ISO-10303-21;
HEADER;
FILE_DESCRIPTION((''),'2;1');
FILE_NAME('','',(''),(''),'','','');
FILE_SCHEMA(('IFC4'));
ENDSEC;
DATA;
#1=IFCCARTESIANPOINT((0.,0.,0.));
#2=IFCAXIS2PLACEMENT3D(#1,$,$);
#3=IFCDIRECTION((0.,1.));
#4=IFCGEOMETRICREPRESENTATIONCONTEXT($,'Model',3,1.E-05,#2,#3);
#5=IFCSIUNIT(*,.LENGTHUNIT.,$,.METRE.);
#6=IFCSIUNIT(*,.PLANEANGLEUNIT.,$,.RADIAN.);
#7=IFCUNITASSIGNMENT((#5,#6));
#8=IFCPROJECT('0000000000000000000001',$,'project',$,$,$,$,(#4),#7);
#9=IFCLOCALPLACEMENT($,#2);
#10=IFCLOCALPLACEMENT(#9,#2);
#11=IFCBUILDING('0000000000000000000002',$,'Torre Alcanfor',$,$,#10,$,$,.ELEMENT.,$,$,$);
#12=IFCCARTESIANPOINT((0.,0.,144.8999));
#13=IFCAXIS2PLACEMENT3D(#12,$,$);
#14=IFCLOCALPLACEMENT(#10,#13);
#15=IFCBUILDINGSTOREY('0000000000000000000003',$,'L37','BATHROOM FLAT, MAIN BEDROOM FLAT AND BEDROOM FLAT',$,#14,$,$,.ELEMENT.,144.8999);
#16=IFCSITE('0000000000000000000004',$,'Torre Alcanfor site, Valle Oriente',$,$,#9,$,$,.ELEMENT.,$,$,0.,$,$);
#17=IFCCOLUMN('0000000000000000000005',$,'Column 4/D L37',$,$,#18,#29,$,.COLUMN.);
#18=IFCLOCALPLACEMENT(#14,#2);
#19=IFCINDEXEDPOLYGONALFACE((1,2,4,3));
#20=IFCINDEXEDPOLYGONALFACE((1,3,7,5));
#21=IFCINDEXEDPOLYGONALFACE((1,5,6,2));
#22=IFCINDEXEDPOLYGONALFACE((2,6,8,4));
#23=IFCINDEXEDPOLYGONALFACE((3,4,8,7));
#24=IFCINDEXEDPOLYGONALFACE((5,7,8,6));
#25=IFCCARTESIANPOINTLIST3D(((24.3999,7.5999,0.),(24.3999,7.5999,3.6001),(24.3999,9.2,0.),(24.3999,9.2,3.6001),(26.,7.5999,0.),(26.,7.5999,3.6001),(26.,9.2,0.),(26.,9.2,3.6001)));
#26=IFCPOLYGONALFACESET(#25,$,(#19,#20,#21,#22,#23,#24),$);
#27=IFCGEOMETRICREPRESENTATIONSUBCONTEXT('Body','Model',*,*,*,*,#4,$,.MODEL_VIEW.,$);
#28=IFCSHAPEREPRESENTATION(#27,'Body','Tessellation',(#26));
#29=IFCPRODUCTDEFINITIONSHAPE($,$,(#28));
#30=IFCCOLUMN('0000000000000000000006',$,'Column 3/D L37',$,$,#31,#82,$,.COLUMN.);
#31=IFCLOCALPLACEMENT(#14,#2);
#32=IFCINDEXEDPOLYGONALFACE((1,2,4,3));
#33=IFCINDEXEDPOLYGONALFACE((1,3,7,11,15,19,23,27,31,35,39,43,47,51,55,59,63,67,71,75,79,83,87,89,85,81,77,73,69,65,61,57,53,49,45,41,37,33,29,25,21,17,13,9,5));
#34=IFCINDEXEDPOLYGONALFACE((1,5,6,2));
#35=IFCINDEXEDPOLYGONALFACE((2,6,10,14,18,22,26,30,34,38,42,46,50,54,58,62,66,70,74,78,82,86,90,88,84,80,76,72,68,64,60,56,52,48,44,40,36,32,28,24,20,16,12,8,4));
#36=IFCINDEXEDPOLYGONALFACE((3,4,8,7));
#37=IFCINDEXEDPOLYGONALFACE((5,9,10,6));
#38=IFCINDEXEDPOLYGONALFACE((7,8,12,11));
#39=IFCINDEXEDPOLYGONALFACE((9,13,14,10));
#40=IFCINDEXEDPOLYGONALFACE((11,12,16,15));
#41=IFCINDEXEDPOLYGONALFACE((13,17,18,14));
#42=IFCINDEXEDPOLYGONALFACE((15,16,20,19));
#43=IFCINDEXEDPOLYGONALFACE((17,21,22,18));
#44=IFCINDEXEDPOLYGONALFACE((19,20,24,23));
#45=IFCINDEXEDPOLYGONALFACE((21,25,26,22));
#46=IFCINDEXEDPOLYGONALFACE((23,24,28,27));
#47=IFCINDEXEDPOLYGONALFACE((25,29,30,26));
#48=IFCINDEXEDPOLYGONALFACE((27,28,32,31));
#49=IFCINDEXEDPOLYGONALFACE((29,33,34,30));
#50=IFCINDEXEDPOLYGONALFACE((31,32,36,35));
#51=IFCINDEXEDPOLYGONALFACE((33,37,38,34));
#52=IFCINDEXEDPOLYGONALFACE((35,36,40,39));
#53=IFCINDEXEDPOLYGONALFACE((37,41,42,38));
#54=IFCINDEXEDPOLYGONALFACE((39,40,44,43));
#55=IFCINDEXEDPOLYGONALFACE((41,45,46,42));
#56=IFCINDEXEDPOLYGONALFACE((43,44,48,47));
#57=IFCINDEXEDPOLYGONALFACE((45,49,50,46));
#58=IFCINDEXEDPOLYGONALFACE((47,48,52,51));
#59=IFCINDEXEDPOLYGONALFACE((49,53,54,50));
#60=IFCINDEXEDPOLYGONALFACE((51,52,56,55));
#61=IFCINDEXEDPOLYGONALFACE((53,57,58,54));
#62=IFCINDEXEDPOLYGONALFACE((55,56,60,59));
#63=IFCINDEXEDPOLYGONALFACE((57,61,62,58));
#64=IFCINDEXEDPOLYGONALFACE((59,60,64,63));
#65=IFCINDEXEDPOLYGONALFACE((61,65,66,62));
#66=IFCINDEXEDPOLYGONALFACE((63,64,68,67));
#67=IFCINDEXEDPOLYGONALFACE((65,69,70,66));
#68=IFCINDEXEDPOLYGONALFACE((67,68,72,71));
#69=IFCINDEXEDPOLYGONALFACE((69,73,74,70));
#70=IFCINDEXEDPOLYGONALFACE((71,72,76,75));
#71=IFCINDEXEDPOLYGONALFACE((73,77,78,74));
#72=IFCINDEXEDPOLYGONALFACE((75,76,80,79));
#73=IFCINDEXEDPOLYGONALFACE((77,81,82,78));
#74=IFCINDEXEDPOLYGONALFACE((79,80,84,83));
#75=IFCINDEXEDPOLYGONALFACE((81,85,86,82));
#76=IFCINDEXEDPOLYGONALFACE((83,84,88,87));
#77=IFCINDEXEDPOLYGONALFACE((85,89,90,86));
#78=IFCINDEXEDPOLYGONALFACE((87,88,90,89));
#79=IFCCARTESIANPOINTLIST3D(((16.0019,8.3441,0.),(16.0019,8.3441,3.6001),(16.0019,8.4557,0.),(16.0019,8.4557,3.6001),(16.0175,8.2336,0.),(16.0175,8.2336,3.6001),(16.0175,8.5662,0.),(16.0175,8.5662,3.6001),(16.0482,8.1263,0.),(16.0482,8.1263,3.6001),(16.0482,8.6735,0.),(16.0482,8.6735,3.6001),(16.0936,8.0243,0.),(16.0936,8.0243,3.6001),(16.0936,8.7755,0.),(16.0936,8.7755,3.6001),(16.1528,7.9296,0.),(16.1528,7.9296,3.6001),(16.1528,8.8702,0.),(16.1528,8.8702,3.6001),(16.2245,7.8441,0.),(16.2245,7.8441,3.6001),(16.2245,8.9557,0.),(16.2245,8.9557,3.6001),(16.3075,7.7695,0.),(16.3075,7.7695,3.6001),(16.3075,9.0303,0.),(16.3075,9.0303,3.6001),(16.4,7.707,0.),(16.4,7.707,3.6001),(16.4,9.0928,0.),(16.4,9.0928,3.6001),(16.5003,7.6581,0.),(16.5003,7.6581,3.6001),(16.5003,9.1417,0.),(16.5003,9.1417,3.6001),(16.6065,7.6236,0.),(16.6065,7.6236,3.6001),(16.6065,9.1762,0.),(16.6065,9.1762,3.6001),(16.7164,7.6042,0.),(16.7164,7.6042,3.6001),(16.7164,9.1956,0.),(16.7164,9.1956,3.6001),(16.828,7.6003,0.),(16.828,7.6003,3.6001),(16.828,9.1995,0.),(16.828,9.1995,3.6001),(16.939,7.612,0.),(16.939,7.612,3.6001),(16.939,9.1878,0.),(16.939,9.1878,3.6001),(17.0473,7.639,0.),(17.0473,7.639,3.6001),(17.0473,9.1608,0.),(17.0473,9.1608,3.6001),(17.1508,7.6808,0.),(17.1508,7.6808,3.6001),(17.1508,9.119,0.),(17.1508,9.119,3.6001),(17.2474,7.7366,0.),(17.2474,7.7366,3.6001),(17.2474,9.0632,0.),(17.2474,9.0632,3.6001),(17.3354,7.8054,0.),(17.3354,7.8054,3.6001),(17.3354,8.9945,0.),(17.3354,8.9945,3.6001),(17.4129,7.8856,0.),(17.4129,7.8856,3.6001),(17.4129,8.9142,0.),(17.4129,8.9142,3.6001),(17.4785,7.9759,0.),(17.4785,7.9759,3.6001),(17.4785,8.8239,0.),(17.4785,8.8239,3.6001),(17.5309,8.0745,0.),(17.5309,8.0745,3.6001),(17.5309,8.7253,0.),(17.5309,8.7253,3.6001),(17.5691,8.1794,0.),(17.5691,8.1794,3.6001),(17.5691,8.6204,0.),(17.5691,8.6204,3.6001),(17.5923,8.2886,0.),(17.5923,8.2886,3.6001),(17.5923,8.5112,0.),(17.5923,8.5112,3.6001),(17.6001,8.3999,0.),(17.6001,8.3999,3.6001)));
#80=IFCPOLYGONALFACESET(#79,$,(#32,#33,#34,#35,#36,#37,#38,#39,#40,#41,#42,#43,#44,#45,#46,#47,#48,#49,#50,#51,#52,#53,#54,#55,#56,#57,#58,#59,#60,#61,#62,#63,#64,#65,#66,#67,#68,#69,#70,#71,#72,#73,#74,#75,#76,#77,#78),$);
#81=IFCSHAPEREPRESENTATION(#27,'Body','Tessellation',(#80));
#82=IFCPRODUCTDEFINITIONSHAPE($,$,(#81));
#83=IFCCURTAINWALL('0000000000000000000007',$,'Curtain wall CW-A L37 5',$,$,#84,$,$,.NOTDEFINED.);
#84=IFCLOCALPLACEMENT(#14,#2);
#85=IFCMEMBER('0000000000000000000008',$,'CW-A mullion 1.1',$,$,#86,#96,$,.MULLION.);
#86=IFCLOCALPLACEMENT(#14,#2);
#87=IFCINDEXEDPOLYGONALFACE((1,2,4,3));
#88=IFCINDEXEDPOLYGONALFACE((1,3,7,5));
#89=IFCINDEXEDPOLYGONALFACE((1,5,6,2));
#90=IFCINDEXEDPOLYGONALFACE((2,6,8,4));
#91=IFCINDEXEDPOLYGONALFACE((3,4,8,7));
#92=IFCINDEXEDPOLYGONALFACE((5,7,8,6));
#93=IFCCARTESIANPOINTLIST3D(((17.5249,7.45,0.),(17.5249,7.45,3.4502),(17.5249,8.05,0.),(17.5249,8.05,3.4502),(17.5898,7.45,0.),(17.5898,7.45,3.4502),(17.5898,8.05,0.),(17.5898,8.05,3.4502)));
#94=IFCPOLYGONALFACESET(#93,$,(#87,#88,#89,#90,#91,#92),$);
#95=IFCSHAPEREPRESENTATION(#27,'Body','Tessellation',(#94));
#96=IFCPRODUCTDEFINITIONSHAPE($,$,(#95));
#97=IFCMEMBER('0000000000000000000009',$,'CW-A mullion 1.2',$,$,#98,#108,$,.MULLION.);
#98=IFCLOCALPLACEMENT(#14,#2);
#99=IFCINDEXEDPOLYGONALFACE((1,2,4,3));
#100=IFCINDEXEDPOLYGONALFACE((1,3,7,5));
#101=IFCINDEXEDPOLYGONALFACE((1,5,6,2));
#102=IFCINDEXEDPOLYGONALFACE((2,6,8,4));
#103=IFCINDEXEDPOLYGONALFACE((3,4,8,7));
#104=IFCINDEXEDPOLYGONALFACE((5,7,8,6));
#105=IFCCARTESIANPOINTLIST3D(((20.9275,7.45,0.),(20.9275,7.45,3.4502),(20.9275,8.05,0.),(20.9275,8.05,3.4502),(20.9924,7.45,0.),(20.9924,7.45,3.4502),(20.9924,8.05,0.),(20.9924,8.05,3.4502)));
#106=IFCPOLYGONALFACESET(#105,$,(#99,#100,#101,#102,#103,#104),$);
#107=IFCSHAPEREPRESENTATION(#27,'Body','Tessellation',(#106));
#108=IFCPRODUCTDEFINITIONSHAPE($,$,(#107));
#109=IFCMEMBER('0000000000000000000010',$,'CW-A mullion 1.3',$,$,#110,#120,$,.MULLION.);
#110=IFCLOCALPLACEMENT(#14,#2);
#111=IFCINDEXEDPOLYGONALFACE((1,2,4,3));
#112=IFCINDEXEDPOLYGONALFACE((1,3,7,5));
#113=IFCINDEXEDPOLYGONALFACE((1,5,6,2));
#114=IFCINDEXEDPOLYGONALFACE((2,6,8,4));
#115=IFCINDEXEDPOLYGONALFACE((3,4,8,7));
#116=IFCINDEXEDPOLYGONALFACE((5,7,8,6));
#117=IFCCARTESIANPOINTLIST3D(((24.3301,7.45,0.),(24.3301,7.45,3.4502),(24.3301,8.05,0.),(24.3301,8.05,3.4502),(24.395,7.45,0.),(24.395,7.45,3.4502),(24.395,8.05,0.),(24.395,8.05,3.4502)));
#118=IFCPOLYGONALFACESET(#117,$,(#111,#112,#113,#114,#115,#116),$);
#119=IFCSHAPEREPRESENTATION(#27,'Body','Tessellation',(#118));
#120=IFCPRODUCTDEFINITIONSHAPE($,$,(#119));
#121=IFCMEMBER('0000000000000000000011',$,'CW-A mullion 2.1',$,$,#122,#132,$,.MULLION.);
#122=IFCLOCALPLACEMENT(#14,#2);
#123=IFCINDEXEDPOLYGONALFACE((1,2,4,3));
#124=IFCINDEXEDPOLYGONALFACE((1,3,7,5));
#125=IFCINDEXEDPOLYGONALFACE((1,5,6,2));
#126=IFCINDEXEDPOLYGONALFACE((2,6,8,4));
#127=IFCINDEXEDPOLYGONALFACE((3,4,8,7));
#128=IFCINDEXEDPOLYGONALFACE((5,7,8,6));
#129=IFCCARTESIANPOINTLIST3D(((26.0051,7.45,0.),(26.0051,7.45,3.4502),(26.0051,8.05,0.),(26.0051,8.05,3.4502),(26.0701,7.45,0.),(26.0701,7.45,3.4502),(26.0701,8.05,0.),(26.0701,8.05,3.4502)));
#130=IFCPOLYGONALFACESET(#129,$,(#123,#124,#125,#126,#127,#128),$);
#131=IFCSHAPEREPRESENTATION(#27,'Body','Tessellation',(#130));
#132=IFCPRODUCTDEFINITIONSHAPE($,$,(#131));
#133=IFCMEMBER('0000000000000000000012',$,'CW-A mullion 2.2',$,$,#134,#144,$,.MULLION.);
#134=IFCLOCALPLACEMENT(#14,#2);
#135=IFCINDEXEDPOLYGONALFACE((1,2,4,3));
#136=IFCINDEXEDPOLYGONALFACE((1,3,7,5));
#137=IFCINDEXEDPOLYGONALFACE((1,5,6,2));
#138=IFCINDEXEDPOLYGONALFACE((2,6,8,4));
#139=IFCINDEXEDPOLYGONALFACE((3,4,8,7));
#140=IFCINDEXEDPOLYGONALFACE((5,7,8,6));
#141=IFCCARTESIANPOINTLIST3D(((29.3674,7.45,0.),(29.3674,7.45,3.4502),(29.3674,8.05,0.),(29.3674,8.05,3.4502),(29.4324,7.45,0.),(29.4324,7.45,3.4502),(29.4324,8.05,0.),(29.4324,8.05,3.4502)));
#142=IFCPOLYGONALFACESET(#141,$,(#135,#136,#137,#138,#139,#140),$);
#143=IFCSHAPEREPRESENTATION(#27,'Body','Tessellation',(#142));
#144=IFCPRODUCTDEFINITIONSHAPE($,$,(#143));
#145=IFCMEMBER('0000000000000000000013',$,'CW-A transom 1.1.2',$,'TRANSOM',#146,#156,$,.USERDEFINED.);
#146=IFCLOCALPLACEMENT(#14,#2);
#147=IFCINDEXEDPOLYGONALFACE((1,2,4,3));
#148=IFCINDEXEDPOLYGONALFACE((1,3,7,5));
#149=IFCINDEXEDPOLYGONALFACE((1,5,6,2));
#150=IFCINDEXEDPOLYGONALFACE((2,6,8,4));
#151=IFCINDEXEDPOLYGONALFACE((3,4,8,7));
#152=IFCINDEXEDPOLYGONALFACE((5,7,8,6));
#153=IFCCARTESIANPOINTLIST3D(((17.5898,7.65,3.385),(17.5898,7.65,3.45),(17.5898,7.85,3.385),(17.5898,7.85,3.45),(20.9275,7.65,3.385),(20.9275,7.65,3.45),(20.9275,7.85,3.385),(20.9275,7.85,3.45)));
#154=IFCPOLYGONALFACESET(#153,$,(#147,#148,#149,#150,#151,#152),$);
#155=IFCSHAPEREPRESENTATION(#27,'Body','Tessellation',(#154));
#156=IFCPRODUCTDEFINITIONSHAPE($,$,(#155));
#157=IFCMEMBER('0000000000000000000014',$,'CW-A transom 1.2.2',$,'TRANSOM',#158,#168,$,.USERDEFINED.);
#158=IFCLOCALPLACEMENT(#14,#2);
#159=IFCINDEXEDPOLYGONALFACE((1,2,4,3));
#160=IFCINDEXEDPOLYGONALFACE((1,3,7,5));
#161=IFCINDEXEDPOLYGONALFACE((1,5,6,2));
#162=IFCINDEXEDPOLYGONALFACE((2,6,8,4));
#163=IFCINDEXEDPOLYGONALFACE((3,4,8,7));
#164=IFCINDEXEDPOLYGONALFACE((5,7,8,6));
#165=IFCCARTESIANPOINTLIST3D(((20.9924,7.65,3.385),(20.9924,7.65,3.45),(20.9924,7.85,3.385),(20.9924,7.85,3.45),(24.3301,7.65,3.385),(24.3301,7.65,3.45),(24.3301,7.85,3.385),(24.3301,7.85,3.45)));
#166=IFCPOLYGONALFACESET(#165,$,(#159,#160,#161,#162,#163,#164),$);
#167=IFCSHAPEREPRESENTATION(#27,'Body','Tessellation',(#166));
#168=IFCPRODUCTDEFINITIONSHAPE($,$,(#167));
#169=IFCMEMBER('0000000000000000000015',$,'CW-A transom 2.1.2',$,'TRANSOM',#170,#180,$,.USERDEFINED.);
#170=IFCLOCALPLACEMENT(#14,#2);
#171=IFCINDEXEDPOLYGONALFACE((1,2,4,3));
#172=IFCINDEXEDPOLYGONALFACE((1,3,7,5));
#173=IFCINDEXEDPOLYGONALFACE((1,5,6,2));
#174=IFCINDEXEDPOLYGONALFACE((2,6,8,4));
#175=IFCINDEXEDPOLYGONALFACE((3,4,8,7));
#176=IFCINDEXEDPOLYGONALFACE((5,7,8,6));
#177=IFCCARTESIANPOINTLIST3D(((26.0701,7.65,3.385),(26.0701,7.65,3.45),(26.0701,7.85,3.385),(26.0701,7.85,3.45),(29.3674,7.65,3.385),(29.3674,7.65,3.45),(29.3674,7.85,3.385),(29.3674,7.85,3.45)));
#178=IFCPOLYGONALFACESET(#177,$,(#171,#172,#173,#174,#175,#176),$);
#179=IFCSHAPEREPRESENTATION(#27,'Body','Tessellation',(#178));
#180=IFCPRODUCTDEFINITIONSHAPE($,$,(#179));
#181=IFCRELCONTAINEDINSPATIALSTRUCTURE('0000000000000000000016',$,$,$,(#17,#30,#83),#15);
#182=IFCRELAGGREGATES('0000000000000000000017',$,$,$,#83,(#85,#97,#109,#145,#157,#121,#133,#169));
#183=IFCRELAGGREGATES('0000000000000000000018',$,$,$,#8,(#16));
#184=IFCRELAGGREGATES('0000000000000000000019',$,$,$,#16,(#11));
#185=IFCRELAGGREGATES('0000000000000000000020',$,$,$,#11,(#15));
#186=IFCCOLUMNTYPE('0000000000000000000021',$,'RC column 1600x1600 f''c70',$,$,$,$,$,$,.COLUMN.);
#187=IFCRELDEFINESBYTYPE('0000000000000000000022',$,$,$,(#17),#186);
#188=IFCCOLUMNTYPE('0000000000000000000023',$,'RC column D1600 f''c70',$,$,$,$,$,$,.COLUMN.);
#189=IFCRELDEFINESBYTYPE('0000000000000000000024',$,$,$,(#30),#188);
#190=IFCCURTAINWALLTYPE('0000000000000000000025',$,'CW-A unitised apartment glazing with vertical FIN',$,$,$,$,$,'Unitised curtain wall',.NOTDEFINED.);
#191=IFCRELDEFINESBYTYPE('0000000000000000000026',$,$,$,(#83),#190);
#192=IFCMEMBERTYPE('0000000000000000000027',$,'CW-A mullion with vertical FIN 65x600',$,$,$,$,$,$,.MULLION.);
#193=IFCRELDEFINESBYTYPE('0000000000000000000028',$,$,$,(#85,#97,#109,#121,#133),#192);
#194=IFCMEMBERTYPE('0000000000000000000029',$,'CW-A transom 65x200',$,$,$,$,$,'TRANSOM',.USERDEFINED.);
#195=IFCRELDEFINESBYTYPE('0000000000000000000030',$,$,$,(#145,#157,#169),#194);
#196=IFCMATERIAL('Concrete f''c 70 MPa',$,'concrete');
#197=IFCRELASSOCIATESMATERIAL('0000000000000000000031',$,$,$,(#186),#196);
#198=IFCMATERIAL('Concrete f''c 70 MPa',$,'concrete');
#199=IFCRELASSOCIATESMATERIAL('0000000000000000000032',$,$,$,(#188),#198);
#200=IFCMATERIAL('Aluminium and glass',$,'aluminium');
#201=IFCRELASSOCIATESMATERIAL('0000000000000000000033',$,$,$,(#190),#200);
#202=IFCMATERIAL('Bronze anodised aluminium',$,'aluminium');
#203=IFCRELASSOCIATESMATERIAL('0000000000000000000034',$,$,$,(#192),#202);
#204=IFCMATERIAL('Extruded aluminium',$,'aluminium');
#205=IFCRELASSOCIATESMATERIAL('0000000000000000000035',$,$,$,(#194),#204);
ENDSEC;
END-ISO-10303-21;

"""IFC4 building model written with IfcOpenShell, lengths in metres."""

from ifc_helpers import new_model, si_unit, direction, frame, origin, origin_2d, place, context, subcontext, project, spatial, rectangle, circle, extrude, material, material_profile, profile_set, type_object, element, aggregate, save


model = new_model("IFC4")

# Units and contexts
model_context = context("Model", 3, precision=1e-05, world=origin(), true_north=direction((0.0, 1.0)))
body_context = subcontext(model_context, "Body", "Model", "MODEL_VIEW")
ifc_project = project(units=[si_unit("LENGTHUNIT", "METRE"), si_unit("PLANEANGLEUNIT", "RADIAN")], contexts=[model_context])

# Site, building, storey
site_placement = place(None, origin())
site = spatial("IfcSite", under=ifc_project, at=site_placement, Name="Torre Alcanfor site, Valle Oriente", CompositionType="ELEMENT", RefElevation=0.0)
building_placement = place(site_placement, origin())
building = spatial("IfcBuilding", under=site, at=building_placement, Name="Torre Alcanfor", CompositionType="ELEMENT")
storey_placement = place(building_placement, frame((0.0, 0.0, 144.8999)))
storey = spatial("IfcBuildingStorey", under=building, at=storey_placement, Name="L37", Description="BATHROOM FLAT, MAIN BEDROOM FLAT AND BEDROOM FLAT", CompositionType="ELEMENT", Elevation=144.8999)

# Columns
ifc_material_1 = material(Name="Concrete f'c 70 MPa", Category="concrete")
ifc_material_profile_1 = material_profile(ifc_material_1, rectangle(XDim=1.6001, YDim=1.6001, at=origin_2d()), Name="1600x1600")
ifc_profile_set_1 = profile_set([ifc_material_profile_1], Name="Concrete f'c 70 MPa")
column_type_1 = type_object("IfcColumnType", Name="RC column 1600x1600 f'c70", PredefinedType="COLUMN", material=ifc_profile_set_1)
column_1_placement = place(storey_placement, frame((25.2, 8.3999, 0.0), z_axis=(0.0, 0.0, 1.0), x_axis=(1.0, 0.0, 0.0)))
element("IfcColumn", 1, at=column_1_placement, inside=storey, type_object=column_type_1, Name="Column 4/D L37", PredefinedType="COLUMN", context=body_context, shape_type="SweptSolid", body=[
    extrude(rectangle(XDim=1.6001, YDim=1.6001, at=origin_2d()), origin(), (0.0, 0.0, 1.0), 3.6001),
])
ifc_material_2 = material(Name="Concrete f'c 70 MPa", Category="concrete")
ifc_material_profile_2 = material_profile(ifc_material_2, circle(Radius=0.8, at=origin_2d()), Name="D1600")
ifc_profile_set_2 = profile_set([ifc_material_profile_2], Name="Concrete f'c 70 MPa")
column_type_2 = type_object("IfcColumnType", Name="RC column D1600 f'c70", PredefinedType="COLUMN", material=ifc_profile_set_2)
column_2_placement = place(storey_placement, frame((16.8, 8.3999, 0.0), z_axis=(0.0, 0.0, 1.0), x_axis=(1.0, 0.0, 0.0)))
element("IfcColumn", 2, at=column_2_placement, inside=storey, type_object=column_type_2, Name="Column 3/D L37", PredefinedType="COLUMN", context=body_context, shape_type="SweptSolid", body=[
    extrude(circle(Radius=0.8, at=origin_2d()), origin(), (0.0, 0.0, 1.0), 3.6001),
])

# Curtain wall, members
ifc_material_3 = material(Name="Aluminium and glass", Category="aluminium")
curtain_wall_type = type_object("IfcCurtainWallType", Name="CW-A unitised apartment glazing with vertical FIN", ElementType="Unitised curtain wall", PredefinedType="NOTDEFINED", material=ifc_material_3)
curtain_wall_placement = place(storey_placement, origin())
curtain_wall = element("IfcCurtainWall", 3, at=curtain_wall_placement, inside=storey, type_object=curtain_wall_type, Name="Curtain wall CW-A L37 5", PredefinedType="NOTDEFINED")
ifc_material_4 = material(Name="Bronze anodised aluminium", Category="aluminium")
ifc_material_profile_3 = material_profile(ifc_material_4, rectangle(XDim=0.6001, YDim=0.0649, at=origin_2d()), Name="CW-A mullion 65x600")
ifc_profile_set_3 = profile_set([ifc_material_profile_3], Name="Bronze anodised aluminium")
member_type_1 = type_object("IfcMemberType", Name="CW-A mullion with vertical FIN 65x600", PredefinedType="MULLION", material=ifc_profile_set_3)
member_1_placement = place(storey_placement, frame((17.5574, 7.75, 0.0), z_axis=(0.0, 0.0, 1.0), x_axis=(0.0, 1.0, 0.0)))
member_1 = element("IfcMember", 4, at=member_1_placement, type_object=member_type_1, Name="CW-A mullion 1.1", PredefinedType="MULLION", context=body_context, shape_type="SweptSolid", body=[
    extrude(rectangle(XDim=0.6001, YDim=0.0649, at=origin_2d()), origin(), (0.0, 0.0, 1.0), 3.4502),
])
member_2_placement = place(storey_placement, frame((20.96, 7.75, 0.0), z_axis=(0.0, 0.0, 1.0), x_axis=(0.0, 1.0, 0.0)))
member_2 = element("IfcMember", 5, at=member_2_placement, type_object=member_type_1, Name="CW-A mullion 1.2", PredefinedType="MULLION", context=body_context, shape_type="SweptSolid", body=[
    extrude(rectangle(XDim=0.6001, YDim=0.0649, at=origin_2d()), origin(), (0.0, 0.0, 1.0), 3.4502),
])
member_3_placement = place(storey_placement, frame((24.3625, 7.75, 0.0), z_axis=(0.0, 0.0, 1.0), x_axis=(0.0, 1.0, 0.0)))
member_3 = element("IfcMember", 6, at=member_3_placement, type_object=member_type_1, Name="CW-A mullion 1.3", PredefinedType="MULLION", context=body_context, shape_type="SweptSolid", body=[
    extrude(rectangle(XDim=0.6001, YDim=0.0649, at=origin_2d()), origin(), (0.0, 0.0, 1.0), 3.4502),
])
member_4_placement = place(storey_placement, frame((26.0376, 7.75, 0.0), z_axis=(0.0, 0.0, 1.0), x_axis=(0.0, 1.0, 0.0)))
member_4 = element("IfcMember", 7, at=member_4_placement, type_object=member_type_1, Name="CW-A mullion 2.1", PredefinedType="MULLION", context=body_context, shape_type="SweptSolid", body=[
    extrude(rectangle(XDim=0.6001, YDim=0.0649, at=origin_2d()), origin(), (0.0, 0.0, 1.0), 3.4502),
])
member_5_placement = place(storey_placement, frame((29.3999, 7.75, 0.0), z_axis=(0.0, 0.0, 1.0), x_axis=(0.0, 1.0, 0.0)))
member_5 = element("IfcMember", 8, at=member_5_placement, type_object=member_type_1, Name="CW-A mullion 2.2", PredefinedType="MULLION", context=body_context, shape_type="SweptSolid", body=[
    extrude(rectangle(XDim=0.6001, YDim=0.0649, at=origin_2d()), origin(), (0.0, 0.0, 1.0), 3.4502),
])
ifc_material_5 = material(Name="Extruded aluminium", Category="aluminium")
ifc_material_profile_4 = material_profile(ifc_material_5, rectangle(XDim=0.2, YDim=0.0649, at=origin_2d()), Name="CW-A transom 200x65")
ifc_profile_set_4 = profile_set([ifc_material_profile_4], Name="Extruded aluminium")
member_type_2 = type_object("IfcMemberType", Name="CW-A transom 65x200", ElementType="TRANSOM", PredefinedType="USERDEFINED", material=ifc_profile_set_4)
member_6_placement = place(storey_placement, frame((17.5898, 7.75, 3.4175), z_axis=(1.0, 0.0, 0.0), x_axis=(0.0, 1.0, 0.0)))
member_6 = element("IfcMember", 9, at=member_6_placement, type_object=member_type_2, Name="CW-A transom 1.1.2", ObjectType="TRANSOM", PredefinedType="USERDEFINED", context=body_context, shape_type="SweptSolid", body=[
    extrude(rectangle(XDim=0.2, YDim=0.0649, at=origin_2d()), origin(), (0.0, 0.0, 1.0), 3.3376),
])
member_7_placement = place(storey_placement, frame((20.9924, 7.75, 3.4175), z_axis=(1.0, 0.0, 0.0), x_axis=(0.0, 1.0, 0.0)))
member_7 = element("IfcMember", 10, at=member_7_placement, type_object=member_type_2, Name="CW-A transom 1.2.2", ObjectType="TRANSOM", PredefinedType="USERDEFINED", context=body_context, shape_type="SweptSolid", body=[
    extrude(rectangle(XDim=0.2, YDim=0.0649, at=origin_2d()), origin(), (0.0, 0.0, 1.0), 3.3376),
])
member_8_placement = place(storey_placement, frame((26.0701, 7.75, 3.4175), z_axis=(1.0, 0.0, 0.0), x_axis=(0.0, 1.0, 0.0)))
member_8 = element("IfcMember", 11, at=member_8_placement, type_object=member_type_2, Name="CW-A transom 2.1.2", ObjectType="TRANSOM", PredefinedType="USERDEFINED", context=body_context, shape_type="SweptSolid", body=[
    extrude(rectangle(XDim=0.2, YDim=0.0649, at=origin_2d()), origin(), (0.0, 0.0, 1.0), 3.2974),
])

aggregate(curtain_wall, [member_1, member_2, member_3, member_6, member_7, member_4, member_5, member_8])

save(model, "model.ifc")
